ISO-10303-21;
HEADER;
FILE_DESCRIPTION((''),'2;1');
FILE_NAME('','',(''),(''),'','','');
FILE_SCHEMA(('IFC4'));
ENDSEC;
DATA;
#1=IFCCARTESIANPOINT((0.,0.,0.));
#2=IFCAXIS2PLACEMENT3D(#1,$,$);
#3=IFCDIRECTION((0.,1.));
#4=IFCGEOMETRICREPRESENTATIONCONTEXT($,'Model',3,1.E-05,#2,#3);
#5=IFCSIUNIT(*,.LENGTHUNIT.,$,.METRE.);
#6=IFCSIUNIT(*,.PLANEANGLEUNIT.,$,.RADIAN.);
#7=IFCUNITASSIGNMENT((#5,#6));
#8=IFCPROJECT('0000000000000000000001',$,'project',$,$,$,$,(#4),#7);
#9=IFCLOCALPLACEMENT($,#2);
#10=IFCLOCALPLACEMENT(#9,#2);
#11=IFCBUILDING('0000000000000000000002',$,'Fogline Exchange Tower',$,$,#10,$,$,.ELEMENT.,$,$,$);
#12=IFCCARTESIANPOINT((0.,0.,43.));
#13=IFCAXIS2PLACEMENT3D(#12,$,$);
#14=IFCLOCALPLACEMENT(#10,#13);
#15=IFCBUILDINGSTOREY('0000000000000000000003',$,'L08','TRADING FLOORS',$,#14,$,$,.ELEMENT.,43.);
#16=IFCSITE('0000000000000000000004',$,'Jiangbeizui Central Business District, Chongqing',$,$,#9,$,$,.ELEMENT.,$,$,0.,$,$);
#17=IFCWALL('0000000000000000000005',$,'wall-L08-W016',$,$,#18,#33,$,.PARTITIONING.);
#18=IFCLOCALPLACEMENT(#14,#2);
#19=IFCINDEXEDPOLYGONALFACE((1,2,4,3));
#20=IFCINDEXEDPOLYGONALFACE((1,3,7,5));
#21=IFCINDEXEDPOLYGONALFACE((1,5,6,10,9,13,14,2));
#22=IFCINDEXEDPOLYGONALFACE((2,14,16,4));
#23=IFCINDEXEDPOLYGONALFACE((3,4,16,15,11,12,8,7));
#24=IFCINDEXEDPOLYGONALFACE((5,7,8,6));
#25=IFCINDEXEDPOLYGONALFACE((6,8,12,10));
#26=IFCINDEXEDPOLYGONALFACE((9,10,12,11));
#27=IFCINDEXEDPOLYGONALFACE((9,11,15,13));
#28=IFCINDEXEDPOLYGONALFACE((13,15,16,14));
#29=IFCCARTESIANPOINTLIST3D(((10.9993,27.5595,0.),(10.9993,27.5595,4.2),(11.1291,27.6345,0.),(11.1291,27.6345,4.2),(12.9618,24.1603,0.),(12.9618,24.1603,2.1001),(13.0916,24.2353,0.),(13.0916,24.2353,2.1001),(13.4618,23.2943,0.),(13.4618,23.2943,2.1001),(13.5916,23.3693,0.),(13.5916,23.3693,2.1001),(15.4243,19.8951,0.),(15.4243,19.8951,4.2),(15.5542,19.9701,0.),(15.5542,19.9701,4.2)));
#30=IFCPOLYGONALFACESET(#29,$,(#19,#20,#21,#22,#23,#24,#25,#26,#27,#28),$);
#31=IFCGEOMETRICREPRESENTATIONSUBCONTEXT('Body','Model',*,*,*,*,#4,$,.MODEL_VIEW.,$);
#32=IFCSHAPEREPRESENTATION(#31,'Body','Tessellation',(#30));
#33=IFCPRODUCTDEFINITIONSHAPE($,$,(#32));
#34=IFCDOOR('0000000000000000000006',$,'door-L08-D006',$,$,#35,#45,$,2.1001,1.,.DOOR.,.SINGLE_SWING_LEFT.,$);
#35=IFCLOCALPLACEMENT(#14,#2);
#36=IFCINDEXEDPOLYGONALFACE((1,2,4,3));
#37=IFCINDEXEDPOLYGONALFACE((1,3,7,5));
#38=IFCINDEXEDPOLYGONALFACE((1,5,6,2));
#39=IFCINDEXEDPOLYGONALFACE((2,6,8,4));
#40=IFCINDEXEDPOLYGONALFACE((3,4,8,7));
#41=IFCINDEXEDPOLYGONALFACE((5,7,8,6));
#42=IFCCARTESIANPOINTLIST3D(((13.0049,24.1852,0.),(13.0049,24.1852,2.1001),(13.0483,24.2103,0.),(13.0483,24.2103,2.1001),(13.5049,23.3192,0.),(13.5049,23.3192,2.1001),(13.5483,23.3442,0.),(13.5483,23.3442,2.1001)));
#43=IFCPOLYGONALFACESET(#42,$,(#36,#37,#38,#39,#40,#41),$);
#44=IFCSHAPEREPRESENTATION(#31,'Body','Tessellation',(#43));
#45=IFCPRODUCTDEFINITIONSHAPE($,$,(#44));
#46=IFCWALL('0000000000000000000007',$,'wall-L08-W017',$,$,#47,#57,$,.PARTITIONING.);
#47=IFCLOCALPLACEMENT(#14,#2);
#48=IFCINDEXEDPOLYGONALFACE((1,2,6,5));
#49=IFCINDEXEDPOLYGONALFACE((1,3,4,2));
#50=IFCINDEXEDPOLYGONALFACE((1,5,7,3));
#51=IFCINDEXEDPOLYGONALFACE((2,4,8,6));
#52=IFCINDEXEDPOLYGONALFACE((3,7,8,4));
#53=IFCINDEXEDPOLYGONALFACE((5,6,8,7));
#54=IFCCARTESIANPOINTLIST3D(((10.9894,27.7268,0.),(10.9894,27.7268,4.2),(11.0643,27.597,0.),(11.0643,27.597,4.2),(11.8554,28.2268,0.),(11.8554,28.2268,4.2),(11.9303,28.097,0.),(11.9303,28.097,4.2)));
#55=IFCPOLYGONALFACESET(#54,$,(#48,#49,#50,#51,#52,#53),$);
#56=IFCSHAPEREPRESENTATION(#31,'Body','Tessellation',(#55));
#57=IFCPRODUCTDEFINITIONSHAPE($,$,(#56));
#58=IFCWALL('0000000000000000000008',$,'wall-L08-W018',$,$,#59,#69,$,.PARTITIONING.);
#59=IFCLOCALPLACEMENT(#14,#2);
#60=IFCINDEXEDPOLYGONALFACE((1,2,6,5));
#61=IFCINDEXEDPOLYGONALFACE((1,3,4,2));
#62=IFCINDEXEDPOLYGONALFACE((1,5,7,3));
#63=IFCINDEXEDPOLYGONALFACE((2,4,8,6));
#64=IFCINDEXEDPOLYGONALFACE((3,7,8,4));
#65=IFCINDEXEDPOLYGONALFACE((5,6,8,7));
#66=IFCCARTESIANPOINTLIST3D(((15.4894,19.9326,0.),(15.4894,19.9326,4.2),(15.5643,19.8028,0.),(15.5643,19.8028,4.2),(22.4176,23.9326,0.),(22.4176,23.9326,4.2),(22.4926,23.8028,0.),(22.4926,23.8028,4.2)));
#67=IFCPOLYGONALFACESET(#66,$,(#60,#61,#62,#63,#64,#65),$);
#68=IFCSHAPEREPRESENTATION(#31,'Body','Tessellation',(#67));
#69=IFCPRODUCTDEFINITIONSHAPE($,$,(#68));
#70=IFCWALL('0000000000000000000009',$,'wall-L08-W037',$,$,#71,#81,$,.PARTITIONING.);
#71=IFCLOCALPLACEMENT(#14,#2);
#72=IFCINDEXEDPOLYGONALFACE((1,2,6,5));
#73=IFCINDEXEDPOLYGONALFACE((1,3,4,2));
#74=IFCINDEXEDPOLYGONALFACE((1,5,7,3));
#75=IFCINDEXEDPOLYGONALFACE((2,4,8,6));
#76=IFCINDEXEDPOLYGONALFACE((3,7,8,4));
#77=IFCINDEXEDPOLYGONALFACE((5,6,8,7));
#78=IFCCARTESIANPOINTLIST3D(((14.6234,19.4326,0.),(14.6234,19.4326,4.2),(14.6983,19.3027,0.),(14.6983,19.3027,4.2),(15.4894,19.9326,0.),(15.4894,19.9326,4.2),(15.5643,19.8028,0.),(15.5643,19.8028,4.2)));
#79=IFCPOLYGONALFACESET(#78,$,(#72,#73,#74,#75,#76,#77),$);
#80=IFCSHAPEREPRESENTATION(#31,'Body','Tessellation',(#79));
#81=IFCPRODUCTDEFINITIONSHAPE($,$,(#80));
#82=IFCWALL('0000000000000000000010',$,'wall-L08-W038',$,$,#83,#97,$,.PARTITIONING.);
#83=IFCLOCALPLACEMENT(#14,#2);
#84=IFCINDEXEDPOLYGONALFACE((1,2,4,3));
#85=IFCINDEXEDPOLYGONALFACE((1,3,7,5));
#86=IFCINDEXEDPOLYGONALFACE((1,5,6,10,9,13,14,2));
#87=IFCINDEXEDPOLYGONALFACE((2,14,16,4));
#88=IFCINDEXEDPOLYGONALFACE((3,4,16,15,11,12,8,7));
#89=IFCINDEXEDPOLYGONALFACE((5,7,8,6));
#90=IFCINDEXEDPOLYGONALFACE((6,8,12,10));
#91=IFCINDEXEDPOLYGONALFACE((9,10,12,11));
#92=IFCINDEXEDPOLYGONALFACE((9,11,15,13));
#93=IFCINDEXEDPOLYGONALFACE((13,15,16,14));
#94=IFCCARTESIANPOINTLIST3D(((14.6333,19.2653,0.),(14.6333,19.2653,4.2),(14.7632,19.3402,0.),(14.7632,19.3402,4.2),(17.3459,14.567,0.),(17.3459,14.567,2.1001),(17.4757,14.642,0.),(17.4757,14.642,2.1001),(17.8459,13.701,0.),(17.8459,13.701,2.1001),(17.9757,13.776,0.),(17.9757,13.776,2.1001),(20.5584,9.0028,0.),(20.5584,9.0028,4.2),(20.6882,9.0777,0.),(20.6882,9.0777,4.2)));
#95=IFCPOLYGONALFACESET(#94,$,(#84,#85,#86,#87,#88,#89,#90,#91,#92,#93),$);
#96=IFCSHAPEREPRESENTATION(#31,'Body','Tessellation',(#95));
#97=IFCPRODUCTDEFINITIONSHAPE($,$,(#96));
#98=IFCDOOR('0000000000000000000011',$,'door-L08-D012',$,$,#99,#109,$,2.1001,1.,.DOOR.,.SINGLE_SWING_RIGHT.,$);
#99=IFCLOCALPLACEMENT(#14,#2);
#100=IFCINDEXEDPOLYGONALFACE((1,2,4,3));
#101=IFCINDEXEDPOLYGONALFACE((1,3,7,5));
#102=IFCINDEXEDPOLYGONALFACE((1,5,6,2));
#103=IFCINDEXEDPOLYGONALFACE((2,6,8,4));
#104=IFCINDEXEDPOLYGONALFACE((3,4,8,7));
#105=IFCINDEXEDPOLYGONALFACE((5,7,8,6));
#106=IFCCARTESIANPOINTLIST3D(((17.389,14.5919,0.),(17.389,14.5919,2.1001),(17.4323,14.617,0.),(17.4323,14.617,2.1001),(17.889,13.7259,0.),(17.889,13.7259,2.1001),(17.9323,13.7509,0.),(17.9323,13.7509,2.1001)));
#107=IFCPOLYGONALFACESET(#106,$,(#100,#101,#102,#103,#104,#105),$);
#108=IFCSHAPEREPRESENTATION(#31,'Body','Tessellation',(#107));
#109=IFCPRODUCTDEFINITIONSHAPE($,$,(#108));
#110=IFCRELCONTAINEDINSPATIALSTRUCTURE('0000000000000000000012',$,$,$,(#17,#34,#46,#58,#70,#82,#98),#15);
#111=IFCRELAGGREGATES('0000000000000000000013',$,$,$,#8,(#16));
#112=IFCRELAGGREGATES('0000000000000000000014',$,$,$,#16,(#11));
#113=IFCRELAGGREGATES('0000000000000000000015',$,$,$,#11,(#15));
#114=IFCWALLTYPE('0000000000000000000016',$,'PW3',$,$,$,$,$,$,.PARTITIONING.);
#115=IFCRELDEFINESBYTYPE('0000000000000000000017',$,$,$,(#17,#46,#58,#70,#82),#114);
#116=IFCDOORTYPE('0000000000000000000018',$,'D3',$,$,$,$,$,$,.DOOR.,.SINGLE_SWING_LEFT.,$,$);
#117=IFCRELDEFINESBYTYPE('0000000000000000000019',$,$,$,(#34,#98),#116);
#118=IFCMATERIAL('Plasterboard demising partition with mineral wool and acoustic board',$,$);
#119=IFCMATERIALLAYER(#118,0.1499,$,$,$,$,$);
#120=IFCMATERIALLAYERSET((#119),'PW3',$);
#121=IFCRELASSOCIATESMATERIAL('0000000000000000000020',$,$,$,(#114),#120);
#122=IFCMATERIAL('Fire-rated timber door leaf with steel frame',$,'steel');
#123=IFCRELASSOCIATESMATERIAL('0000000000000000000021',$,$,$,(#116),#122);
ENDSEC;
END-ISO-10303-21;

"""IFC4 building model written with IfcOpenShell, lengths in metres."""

from ifc_helpers import new_model, si_unit, direction, frame, frame_2d, origin, place, context, subcontext, project, spatial, rectangle, extrude, material, layer, layer_set, type_object, element, fill, save


model = new_model("IFC4")

# Units and contexts
model_context = context("Model", 3, precision=1e-05, world=origin(), true_north=direction((0.0, 1.0)))
body_context = subcontext(model_context, "Body", "Model", "MODEL_VIEW")
ifc_project = project(units=[si_unit("LENGTHUNIT", "METRE"), si_unit("PLANEANGLEUNIT", "RADIAN")], contexts=[model_context])

# Site, building, storey
site_placement = place(None, origin())
site = spatial("IfcSite", under=ifc_project, at=site_placement, Name="Jiangbeizui Central Business District, Chongqing", CompositionType="ELEMENT", RefElevation=0.0)
building_placement = place(site_placement, origin())
building = spatial("IfcBuilding", under=site, at=building_placement, Name="Fogline Exchange Tower", CompositionType="ELEMENT")
storey_placement = place(building_placement, frame((0.0, 0.0, 43.0)))
storey = spatial("IfcBuildingStorey", under=building, at=storey_placement, Name="L08", Description="TRADING FLOORS", CompositionType="ELEMENT", Elevation=43.0)

# Wall, opening, door
ifc_material_1 = material(Name="Plasterboard demising partition with mineral wool and acoustic board")
ifc_layer_1 = layer(ifc_material_1, 0.1499)
ifc_layer_set_1 = layer_set([ifc_layer_1], Name="PW3")
wall_type_1 = type_object("IfcWallType", Name="PW3", PredefinedType="PARTITIONING", material=ifc_layer_set_1)
wall_1_placement = place(storey_placement, frame((15.4893, 19.9326, 0.0), z_axis=(0.0, 0.0, 1.0), x_axis=(-0.500005, 0.866023, 0.0)))
wall_1 = element("IfcWall", 1, at=wall_1_placement, inside=storey, type_object=wall_type_1, Name="wall-L08-W016", PredefinedType="PARTITIONING", context=body_context, shape_type="SweptSolid", body=[
    extrude(rectangle(XDim=8.8501, YDim=0.1499, at=frame_2d((4.425, 0.0))), origin(), (0.0, 0.0, 1.0), 4.2),
])
opening_1_placement = place(wall_1_placement, frame((3.925, 0.0, 0.0)))
opening_1 = element("IfcOpeningElement", 2, at=opening_1_placement, cuts=wall_1, PredefinedType="OPENING", context=body_context, shape_type="SweptSolid", body=[
    extrude(rectangle(XDim=1.0, YDim=2.1001, at=frame_2d((0.5, 1.05))), frame((0.0, 0.085, 0.0), z_axis=(0.0, -1.0, 0.0), x_axis=(1.0, 0.0, 0.0)), (0.0, 0.0, 1.0), 0.1699),
])
ifc_material_2 = material(Name="Fire-rated timber door leaf with steel frame", Category="steel")
door_type_1 = type_object("IfcDoorType", Name="D3", OperationType="SINGLE_SWING_LEFT", PredefinedType="DOOR", material=ifc_material_2)
door_1_placement = place(opening_1_placement, frame((1.0, 0.0, 0.0), z_axis=(0.0, 0.0, 1.0), x_axis=(-1.0, 0.0, 0.0)))
door_1 = element("IfcDoor", 3, at=door_1_placement, inside=storey, type_object=door_type_1, Name="door-L08-D006", OperationType="SINGLE_SWING_LEFT", OverallHeight=2.1001, OverallWidth=1.0, PredefinedType="DOOR", context=body_context, shape_type="SweptSolid", body=[
    extrude(rectangle(XDim=1.0, YDim=2.1001, at=frame_2d((0.5, 1.05))), frame((0.0, 0.0249, 0.0), z_axis=(0.0, -1.0, 0.0), x_axis=(1.0, 0.0, 0.0)), (0.0, 0.0, 1.0), 0.05),
])
fill(opening_1, door_1)

# Walls
wall_2_placement = place(storey_placement, frame((11.0269, 27.6619, 0.0), z_axis=(0.0, 0.0, 1.0), x_axis=(0.866011, 0.500025, 0.0)))
element("IfcWall", 4, at=wall_2_placement, inside=storey, type_object=wall_type_1, Name="wall-L08-W017", PredefinedType="PARTITIONING", context=body_context, shape_type="SweptSolid", body=[
    extrude(rectangle(XDim=1.0, YDim=0.1499, at=frame_2d((0.5, 0.0))), origin(), (0.0, 0.0, 1.0), 4.2),
])
wall_3_placement = place(storey_placement, frame((22.4551, 23.8677, 0.0), z_axis=(0.0, 0.0, 1.0), x_axis=(-0.866026, -0.499999, 0.0)))
element("IfcWall", 5, at=wall_3_placement, inside=storey, type_object=wall_type_1, Name="wall-L08-W018", PredefinedType="PARTITIONING", context=body_context, shape_type="SweptSolid", body=[
    extrude(rectangle(XDim=8.0, YDim=0.1499, at=frame_2d((4.0, 0.0))), origin(), (0.0, 0.0, 1.0), 4.2),
])
wall_4_placement = place(storey_placement, frame((15.5269, 19.8677, 0.0), z_axis=(0.0, 0.0, 1.0), x_axis=(-0.866011, -0.500025, 0.0)))
element("IfcWall", 6, at=wall_4_placement, inside=storey, type_object=wall_type_1, Name="wall-L08-W037", PredefinedType="PARTITIONING", context=body_context, shape_type="SweptSolid", body=[
    extrude(rectangle(XDim=1.0, YDim=0.1499, at=frame_2d((0.5, 0.0))), origin(), (0.0, 0.0, 1.0), 4.2),
])

# Wall, opening, door
wall_5_placement = place(storey_placement, frame((14.6982, 19.3027, 0.0), z_axis=(0.0, 0.0, 1.0), x_axis=(0.500001, -0.866025, 0.0)))
wall_5 = element("IfcWall", 7, at=wall_5_placement, inside=storey, type_object=wall_type_1, Name="wall-L08-W038", PredefinedType="PARTITIONING", context=body_context, shape_type="SweptSolid", body=[
    extrude(rectangle(XDim=11.8501, YDim=0.1499, at=frame_2d((5.925, 0.0))), origin(), (0.0, 0.0, 1.0), 4.2),
])
opening_2_placement = place(wall_5_placement, frame((5.425, 0.0, 0.0)))
opening_2 = element("IfcOpeningElement", 8, at=opening_2_placement, cuts=wall_5, PredefinedType="OPENING", context=body_context, shape_type="SweptSolid", body=[
    extrude(rectangle(XDim=1.0, YDim=2.1001, at=frame_2d((0.5, 1.05))), frame((0.0, 0.085, 0.0), z_axis=(0.0, -1.0, 0.0), x_axis=(1.0, 0.0, 0.0)), (0.0, 0.0, 1.0), 0.1699),
])
door_2_placement = place(opening_2_placement, origin())
door_2 = element("IfcDoor", 9, at=door_2_placement, inside=storey, type_object=door_type_1, Name="door-L08-D012", OperationType="SINGLE_SWING_RIGHT", OverallHeight=2.1001, OverallWidth=1.0, PredefinedType="DOOR", context=body_context, shape_type="SweptSolid", body=[
    extrude(rectangle(XDim=1.0, YDim=2.1001, at=frame_2d((0.5, 1.05))), frame((0.0, 0.0249, 0.0), z_axis=(0.0, -1.0, 0.0), x_axis=(1.0, 0.0, 0.0)), (0.0, 0.0, 1.0), 0.05),
])
fill(opening_2, door_2)

save(model, "model.ifc")
